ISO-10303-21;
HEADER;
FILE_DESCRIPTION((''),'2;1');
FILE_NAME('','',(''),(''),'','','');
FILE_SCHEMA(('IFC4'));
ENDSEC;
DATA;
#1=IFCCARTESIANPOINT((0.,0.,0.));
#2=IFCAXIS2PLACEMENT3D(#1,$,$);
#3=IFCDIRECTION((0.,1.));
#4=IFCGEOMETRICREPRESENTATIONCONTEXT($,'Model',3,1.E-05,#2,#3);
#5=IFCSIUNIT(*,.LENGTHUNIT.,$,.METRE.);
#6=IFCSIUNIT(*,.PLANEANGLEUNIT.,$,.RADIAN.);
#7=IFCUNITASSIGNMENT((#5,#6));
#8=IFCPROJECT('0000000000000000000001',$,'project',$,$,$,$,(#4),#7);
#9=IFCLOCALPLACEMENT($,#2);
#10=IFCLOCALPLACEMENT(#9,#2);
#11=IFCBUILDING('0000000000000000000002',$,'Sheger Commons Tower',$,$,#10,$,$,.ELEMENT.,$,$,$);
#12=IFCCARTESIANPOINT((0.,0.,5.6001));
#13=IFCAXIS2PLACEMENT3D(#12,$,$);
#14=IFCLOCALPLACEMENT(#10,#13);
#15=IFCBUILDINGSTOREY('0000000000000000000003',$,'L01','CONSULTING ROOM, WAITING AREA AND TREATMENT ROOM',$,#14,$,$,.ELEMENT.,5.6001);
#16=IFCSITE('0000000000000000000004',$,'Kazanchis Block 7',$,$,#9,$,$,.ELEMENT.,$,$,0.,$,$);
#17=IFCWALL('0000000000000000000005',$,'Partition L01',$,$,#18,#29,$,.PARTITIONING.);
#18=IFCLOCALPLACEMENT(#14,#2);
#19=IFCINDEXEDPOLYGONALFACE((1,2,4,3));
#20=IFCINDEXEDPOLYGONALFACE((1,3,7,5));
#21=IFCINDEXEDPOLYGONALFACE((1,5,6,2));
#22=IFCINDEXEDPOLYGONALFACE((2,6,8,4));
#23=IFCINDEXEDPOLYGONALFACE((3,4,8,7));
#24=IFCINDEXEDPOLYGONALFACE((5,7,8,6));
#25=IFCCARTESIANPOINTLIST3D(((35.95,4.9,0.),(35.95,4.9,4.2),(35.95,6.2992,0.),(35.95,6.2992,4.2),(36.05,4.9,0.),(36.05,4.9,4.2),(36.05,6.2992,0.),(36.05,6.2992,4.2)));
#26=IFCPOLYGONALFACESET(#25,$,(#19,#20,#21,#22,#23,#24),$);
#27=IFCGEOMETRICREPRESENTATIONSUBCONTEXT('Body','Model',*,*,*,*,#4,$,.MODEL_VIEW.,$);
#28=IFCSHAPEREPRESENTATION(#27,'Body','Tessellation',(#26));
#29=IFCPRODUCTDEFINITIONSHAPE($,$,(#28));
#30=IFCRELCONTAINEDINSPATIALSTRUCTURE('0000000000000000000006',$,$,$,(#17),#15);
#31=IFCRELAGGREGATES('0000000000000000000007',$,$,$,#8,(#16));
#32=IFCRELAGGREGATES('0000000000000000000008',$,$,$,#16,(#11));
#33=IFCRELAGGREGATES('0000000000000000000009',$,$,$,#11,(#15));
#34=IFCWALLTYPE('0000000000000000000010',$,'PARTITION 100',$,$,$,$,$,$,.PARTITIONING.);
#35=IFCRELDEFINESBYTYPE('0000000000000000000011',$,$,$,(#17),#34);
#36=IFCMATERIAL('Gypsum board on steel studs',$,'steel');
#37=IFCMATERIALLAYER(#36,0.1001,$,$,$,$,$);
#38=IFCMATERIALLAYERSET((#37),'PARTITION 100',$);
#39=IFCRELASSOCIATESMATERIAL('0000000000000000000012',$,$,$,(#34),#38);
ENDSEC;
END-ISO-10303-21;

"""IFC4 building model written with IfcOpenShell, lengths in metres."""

from ifc_helpers import new_model, si_unit, direction, frame, frame_2d, origin, place, context, subcontext, project, spatial, rectangle, extrude, material, layer, layer_set, type_object, element, save


model = new_model("IFC4")

# Units and contexts
model_context = context("Model", 3, precision=1e-05, world=origin(), true_north=direction((0.0, 1.0)))
body_context = subcontext(model_context, "Body", "Model", "MODEL_VIEW")
ifc_project = project(units=[si_unit("LENGTHUNIT", "METRE"), si_unit("PLANEANGLEUNIT", "RADIAN")], contexts=[model_context])

# Site, building, storey
site_placement = place(None, origin())
site = spatial("IfcSite", under=ifc_project, at=site_placement, Name="Kazanchis Block 7", CompositionType="ELEMENT", RefElevation=0.0)
building_placement = place(site_placement, origin())
building = spatial("IfcBuilding", under=site, at=building_placement, Name="Sheger Commons Tower", CompositionType="ELEMENT")
storey_placement = place(building_placement, frame((0.0, 0.0, 5.6001)))
storey = spatial("IfcBuildingStorey", under=building, at=storey_placement, Name="L01", Description="CONSULTING ROOM, WAITING AREA AND TREATMENT ROOM", CompositionType="ELEMENT", Elevation=5.6001)

# Shared definitions
ifc_material_1 = material(Name="Gypsum board on steel studs", Category="steel")
ifc_layer_1 = layer(ifc_material_1, 0.1001)
ifc_layer_set_1 = layer_set([ifc_layer_1], Name="PARTITION 100")
wall_type_1 = type_object("IfcWallType", Name="PARTITION 100", PredefinedType="PARTITIONING", material=ifc_layer_set_1)

# Wall
wall_1_placement = place(storey_placement, frame((36.0, 4.8999, 0.0), z_axis=(0.0, 0.0, 1.0), x_axis=(0.0, 1.0, 0.0)))
element("IfcWall", 1, at=wall_1_placement, inside=storey, type_object=wall_type_1, Name="Partition L01", PredefinedType="PARTITIONING", context=body_context, shape_type="SweptSolid", body=[
    extrude(rectangle(XDim=1.3992, YDim=0.1001, at=frame_2d((0.6997, 0.0))), origin(), (0.0, 0.0, 1.0), 4.2),
])

save(model, "model.ifc")
